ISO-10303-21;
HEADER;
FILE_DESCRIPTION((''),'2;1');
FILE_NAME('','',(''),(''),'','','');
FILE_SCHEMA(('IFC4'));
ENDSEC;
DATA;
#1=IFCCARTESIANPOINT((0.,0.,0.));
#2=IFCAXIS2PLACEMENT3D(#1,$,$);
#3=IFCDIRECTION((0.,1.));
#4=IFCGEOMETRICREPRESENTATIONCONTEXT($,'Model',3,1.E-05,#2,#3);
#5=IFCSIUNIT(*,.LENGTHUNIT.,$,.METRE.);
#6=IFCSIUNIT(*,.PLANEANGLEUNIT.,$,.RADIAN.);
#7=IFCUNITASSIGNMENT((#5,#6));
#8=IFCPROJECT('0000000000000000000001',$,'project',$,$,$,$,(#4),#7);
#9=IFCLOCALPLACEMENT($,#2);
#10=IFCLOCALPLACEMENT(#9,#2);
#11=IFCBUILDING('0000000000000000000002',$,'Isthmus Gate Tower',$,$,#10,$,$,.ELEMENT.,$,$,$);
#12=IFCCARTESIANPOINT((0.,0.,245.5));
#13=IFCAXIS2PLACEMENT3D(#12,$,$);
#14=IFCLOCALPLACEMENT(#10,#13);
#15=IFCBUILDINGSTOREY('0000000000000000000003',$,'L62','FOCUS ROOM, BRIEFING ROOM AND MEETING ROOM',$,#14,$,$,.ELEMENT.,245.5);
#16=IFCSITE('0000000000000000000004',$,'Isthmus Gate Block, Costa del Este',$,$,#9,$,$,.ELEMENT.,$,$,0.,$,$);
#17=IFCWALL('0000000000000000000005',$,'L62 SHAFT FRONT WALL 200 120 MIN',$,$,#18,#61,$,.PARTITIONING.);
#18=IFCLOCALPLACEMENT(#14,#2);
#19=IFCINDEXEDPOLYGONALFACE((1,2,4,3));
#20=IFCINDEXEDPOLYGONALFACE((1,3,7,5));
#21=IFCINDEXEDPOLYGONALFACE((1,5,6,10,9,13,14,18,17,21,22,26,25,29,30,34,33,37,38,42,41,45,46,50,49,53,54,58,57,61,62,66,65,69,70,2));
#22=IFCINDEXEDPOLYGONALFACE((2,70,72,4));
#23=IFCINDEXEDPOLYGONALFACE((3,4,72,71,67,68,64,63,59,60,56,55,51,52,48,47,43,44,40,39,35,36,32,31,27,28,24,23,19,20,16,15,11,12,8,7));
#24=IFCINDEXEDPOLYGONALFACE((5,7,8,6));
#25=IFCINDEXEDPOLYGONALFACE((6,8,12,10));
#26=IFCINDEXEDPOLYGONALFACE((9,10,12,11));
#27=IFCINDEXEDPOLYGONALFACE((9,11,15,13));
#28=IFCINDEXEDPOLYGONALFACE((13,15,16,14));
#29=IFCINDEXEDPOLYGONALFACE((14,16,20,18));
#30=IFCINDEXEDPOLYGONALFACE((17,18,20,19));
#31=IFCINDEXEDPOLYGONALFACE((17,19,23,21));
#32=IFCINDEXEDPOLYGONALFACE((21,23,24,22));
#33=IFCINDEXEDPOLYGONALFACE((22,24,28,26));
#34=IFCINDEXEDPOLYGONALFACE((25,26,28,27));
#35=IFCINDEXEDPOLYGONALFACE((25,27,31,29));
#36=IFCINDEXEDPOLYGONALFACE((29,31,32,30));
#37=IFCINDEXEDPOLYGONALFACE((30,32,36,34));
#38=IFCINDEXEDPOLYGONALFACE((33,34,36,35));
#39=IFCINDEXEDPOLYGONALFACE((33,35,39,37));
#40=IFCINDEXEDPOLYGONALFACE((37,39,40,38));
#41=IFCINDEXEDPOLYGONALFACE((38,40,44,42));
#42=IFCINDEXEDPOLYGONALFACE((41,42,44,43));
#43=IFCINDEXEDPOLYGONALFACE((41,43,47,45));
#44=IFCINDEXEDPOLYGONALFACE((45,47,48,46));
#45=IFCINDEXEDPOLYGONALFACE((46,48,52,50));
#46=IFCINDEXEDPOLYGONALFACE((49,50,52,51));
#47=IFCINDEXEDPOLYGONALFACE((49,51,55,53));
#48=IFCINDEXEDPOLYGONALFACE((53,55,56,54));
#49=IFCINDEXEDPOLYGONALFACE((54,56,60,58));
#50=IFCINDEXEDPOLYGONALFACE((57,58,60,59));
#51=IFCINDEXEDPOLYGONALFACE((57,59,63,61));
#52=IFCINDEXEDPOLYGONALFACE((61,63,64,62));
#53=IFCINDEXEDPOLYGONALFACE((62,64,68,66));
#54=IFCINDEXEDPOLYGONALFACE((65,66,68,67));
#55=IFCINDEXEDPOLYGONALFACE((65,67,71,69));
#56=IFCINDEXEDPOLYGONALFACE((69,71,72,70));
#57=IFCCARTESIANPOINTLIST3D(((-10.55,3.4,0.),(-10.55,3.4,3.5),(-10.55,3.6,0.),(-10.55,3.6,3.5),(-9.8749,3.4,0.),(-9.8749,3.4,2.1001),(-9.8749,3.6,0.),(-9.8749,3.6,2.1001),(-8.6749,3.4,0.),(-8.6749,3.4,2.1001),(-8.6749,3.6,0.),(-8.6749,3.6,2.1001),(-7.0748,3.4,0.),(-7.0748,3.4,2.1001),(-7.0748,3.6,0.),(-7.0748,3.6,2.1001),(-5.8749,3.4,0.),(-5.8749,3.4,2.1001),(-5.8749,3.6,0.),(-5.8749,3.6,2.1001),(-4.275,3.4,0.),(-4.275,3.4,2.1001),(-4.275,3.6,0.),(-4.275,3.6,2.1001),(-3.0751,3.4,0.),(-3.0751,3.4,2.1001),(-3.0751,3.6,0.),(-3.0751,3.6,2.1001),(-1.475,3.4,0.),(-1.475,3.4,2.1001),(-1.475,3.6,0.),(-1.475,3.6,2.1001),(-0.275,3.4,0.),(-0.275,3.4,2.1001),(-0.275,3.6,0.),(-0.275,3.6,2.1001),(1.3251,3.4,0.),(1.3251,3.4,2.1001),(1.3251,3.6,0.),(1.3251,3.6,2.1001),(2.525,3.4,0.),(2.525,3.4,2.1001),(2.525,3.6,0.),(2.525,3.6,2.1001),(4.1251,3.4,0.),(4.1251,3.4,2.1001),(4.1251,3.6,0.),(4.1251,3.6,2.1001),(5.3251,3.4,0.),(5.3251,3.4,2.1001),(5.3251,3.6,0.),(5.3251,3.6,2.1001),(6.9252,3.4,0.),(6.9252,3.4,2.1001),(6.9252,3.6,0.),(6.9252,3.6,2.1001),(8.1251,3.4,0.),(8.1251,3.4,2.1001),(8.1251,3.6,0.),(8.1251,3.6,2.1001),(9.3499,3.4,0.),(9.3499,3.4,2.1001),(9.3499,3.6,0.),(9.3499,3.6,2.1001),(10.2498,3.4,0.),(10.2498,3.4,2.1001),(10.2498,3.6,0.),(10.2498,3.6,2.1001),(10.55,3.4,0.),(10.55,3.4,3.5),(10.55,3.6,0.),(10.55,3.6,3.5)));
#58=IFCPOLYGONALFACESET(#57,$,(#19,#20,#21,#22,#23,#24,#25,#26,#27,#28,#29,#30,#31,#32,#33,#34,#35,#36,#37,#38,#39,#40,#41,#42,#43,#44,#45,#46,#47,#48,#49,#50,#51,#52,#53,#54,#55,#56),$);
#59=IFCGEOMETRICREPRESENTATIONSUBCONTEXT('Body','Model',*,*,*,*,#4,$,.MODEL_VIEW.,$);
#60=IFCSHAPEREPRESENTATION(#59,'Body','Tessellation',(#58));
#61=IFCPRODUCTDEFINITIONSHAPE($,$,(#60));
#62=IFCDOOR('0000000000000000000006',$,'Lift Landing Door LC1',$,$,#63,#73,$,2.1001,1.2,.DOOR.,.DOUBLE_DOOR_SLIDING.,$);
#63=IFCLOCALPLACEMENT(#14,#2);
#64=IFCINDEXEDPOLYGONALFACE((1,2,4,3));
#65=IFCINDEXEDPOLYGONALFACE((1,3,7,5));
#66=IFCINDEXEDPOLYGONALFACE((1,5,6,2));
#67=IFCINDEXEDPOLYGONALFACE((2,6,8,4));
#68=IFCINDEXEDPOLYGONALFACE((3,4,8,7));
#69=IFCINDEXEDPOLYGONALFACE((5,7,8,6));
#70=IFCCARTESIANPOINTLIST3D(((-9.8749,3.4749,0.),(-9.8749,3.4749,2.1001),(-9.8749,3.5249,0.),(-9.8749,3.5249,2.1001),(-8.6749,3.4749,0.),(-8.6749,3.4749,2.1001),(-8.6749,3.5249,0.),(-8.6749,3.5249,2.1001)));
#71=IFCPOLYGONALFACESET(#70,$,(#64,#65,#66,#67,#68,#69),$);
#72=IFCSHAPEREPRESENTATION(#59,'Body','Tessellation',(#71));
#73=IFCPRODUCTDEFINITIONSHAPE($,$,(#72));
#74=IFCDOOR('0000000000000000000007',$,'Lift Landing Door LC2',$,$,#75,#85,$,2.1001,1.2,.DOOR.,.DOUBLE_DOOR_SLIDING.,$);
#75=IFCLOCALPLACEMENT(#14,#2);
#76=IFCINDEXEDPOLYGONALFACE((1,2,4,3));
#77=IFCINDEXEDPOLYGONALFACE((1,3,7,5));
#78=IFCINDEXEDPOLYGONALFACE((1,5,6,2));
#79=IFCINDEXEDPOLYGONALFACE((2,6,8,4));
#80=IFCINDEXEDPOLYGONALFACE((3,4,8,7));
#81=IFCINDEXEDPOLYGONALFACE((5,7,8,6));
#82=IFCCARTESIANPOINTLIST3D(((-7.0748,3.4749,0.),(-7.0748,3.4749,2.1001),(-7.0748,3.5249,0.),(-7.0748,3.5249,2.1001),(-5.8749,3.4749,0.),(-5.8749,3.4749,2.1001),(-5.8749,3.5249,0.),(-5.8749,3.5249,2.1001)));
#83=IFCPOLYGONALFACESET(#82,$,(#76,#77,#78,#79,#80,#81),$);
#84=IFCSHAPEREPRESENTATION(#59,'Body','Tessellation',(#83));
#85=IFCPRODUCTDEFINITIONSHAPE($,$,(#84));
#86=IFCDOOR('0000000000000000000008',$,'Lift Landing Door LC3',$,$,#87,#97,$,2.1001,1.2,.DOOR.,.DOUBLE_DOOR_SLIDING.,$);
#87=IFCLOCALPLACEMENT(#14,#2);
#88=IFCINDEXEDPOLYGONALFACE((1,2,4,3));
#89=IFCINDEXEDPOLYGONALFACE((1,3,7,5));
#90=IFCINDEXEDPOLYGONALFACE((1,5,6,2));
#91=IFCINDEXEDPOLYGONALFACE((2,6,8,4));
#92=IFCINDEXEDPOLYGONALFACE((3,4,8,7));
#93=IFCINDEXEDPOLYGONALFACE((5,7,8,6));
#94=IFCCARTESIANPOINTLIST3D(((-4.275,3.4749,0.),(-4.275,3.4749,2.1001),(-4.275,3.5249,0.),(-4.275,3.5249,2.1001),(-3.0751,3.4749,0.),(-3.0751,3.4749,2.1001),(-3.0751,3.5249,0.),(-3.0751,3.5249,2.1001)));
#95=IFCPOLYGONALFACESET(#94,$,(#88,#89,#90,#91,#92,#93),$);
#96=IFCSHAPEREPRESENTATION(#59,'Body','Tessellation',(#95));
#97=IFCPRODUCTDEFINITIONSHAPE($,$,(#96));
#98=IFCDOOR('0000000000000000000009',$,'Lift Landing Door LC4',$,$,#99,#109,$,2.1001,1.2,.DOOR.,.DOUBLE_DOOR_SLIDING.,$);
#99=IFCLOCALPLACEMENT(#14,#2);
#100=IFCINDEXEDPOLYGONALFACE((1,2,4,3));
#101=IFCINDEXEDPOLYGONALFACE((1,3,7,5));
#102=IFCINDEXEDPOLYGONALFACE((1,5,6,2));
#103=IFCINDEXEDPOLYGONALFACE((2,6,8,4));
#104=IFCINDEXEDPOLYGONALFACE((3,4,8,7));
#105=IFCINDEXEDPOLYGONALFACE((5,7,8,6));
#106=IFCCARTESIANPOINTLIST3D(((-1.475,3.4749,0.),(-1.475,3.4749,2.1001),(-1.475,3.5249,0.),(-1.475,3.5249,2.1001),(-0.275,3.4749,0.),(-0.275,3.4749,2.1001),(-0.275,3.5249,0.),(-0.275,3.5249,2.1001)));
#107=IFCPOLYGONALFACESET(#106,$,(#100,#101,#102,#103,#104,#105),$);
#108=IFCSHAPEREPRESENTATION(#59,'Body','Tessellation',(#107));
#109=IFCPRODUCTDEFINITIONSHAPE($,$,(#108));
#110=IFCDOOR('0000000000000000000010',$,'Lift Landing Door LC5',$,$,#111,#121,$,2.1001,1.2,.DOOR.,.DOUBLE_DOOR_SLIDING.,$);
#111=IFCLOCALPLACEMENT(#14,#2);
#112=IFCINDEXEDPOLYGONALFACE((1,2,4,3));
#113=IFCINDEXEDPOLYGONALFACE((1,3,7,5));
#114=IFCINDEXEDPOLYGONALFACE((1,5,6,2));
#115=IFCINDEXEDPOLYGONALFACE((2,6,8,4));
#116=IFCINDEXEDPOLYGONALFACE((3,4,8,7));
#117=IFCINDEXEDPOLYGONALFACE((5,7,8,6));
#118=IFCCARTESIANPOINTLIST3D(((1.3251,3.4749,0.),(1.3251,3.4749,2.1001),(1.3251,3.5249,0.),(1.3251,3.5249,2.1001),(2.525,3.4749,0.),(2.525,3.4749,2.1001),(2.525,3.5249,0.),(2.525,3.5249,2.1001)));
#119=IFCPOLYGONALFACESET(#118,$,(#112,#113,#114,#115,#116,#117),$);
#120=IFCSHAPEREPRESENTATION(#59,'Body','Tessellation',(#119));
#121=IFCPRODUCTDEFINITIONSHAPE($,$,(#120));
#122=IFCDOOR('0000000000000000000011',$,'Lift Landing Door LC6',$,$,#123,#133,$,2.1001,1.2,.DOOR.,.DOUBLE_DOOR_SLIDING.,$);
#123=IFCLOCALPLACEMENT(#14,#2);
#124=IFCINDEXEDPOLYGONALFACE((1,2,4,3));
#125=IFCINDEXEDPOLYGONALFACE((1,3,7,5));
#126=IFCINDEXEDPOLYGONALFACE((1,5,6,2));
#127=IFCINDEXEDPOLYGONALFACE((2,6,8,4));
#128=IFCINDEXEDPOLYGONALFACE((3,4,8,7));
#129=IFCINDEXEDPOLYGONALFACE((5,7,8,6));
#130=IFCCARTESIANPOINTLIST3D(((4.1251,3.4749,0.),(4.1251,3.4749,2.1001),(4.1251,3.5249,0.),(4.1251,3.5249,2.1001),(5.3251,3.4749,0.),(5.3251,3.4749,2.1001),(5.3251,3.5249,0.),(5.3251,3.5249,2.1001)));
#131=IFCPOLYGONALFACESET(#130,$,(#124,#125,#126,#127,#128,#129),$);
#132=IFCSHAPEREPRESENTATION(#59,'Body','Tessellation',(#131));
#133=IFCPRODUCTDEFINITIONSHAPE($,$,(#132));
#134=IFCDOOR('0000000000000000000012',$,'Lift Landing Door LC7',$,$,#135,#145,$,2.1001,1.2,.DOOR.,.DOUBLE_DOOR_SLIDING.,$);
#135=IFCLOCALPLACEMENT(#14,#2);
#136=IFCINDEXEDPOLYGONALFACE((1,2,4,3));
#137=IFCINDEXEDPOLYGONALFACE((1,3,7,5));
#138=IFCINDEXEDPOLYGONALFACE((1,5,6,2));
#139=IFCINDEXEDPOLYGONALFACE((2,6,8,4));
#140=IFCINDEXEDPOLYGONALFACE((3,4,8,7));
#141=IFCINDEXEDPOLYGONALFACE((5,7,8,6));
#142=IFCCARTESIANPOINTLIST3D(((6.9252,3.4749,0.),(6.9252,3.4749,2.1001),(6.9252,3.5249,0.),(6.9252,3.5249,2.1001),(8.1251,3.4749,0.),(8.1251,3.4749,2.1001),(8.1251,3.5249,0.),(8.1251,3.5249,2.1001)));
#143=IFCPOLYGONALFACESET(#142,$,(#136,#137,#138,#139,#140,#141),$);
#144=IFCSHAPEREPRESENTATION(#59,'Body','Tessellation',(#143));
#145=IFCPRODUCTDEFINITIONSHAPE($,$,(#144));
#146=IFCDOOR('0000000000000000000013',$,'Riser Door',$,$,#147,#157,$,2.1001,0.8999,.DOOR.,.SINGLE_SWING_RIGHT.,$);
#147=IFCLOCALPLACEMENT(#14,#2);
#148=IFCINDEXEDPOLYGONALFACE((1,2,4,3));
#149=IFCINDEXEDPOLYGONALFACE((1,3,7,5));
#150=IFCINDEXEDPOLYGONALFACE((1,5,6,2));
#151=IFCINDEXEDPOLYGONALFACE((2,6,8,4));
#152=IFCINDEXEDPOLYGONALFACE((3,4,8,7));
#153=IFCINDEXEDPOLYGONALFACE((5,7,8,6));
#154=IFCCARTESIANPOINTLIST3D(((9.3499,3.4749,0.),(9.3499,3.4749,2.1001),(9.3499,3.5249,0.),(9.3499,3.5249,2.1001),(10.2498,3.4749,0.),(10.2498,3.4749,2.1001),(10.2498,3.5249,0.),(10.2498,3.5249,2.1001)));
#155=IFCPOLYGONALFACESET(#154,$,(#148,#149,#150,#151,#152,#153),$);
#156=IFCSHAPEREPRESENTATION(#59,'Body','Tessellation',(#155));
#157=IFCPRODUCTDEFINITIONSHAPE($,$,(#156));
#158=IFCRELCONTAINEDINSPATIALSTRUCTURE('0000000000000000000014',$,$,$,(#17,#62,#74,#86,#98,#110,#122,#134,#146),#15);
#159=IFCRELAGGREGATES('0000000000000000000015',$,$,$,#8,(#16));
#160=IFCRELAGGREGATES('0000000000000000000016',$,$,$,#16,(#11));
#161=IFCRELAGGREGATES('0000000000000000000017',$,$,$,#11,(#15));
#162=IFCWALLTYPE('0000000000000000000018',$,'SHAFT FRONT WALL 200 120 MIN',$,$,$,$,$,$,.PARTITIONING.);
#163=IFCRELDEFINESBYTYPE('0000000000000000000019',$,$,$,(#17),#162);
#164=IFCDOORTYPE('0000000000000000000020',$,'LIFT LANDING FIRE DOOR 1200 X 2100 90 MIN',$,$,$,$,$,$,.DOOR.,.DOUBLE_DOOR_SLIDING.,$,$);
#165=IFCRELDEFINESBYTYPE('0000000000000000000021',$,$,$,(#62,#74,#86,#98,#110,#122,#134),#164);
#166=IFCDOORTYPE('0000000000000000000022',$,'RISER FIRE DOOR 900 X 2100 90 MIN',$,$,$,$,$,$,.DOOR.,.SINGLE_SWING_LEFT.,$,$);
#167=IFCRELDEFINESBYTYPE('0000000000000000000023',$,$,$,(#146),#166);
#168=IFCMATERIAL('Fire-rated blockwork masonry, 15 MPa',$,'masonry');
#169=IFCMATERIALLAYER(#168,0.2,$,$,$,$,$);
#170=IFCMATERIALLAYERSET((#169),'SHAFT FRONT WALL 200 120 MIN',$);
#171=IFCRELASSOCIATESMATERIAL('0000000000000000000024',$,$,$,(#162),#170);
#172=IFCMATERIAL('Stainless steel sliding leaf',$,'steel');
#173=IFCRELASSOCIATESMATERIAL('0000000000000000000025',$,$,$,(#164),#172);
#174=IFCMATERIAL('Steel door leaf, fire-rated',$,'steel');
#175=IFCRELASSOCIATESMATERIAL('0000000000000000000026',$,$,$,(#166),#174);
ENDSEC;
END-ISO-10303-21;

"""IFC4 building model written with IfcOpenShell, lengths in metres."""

from ifc_helpers import new_model, si_unit, direction, frame, frame_2d, origin, place, context, subcontext, project, spatial, rectangle, extrude, material, layer, layer_set, type_object, element, fill, save


model = new_model("IFC4")

# Units and contexts
model_context = context("Model", 3, precision=1e-05, world=origin(), true_north=direction((0.0, 1.0)))
body_context = subcontext(model_context, "Body", "Model", "MODEL_VIEW")
ifc_project = project(units=[si_unit("LENGTHUNIT", "METRE"), si_unit("PLANEANGLEUNIT", "RADIAN")], contexts=[model_context])

# Site, building, storey
site_placement = place(None, origin())
site = spatial("IfcSite", under=ifc_project, at=site_placement, Name="Isthmus Gate Block, Costa del Este", CompositionType="ELEMENT", RefElevation=0.0)
building_placement = place(site_placement, origin())
building = spatial("IfcBuilding", under=site, at=building_placement, Name="Isthmus Gate Tower", CompositionType="ELEMENT")
storey_placement = place(building_placement, frame((0.0, 0.0, 245.5)))
storey = spatial("IfcBuildingStorey", under=building, at=storey_placement, Name="L62", Description="FOCUS ROOM, BRIEFING ROOM AND MEETING ROOM", CompositionType="ELEMENT", Elevation=245.5)

# Wall, openings, doors
ifc_material_1 = material(Name="Fire-rated blockwork masonry, 15 MPa", Category="masonry")
ifc_layer_1 = layer(ifc_material_1, 0.2)
ifc_layer_set_1 = layer_set([ifc_layer_1], Name="SHAFT FRONT WALL 200 120 MIN")
wall_type_1 = type_object("IfcWallType", Name="SHAFT FRONT WALL 200 120 MIN", PredefinedType="PARTITIONING", material=ifc_layer_set_1)
wall_1_placement = place(storey_placement, frame((-10.55, 3.5, 0.0), z_axis=(0.0, 0.0, 1.0), x_axis=(1.0, 0.0, 0.0)))
wall_1 = element("IfcWall", 1, at=wall_1_placement, inside=storey, type_object=wall_type_1, Name="L62 SHAFT FRONT WALL 200 120 MIN", PredefinedType="PARTITIONING", context=body_context, shape_type="SweptSolid", body=[
    extrude(rectangle(XDim=21.1001, YDim=0.2, at=frame_2d((10.55, 0.0))), origin(), (0.0, 0.0, 1.0), 3.5),
])
opening_1_placement = place(wall_1_placement, frame((0.675, 0.0, 0.0)))
opening_1 = element("IfcOpeningElement", 2, at=opening_1_placement, cuts=wall_1, PredefinedType="OPENING", context=body_context, shape_type="SweptSolid", body=[
    extrude(rectangle(XDim=1.2, YDim=2.1001, at=frame_2d((0.6001, 1.05))), frame((0.0, 0.1099, 0.0), z_axis=(0.0, -1.0, 0.0), x_axis=(1.0, 0.0, 0.0)), (0.0, 0.0, 1.0), 0.22),
])
opening_2_placement = place(wall_1_placement, frame((3.4751, 0.0, 0.0)))
opening_2 = element("IfcOpeningElement", 3, at=opening_2_placement, cuts=wall_1, PredefinedType="OPENING", context=body_context, shape_type="SweptSolid", body=[
    extrude(rectangle(XDim=1.2, YDim=2.1001, at=frame_2d((0.6001, 1.05))), frame((0.0, 0.1099, 0.0), z_axis=(0.0, -1.0, 0.0), x_axis=(1.0, 0.0, 0.0)), (0.0, 0.0, 1.0), 0.22),
])
opening_3_placement = place(wall_1_placement, frame((6.2749, 0.0, 0.0)))
opening_3 = element("IfcOpeningElement", 4, at=opening_3_placement, cuts=wall_1, PredefinedType="OPENING", context=body_context, shape_type="SweptSolid", body=[
    extrude(rectangle(XDim=1.2, YDim=2.1001, at=frame_2d((0.6001, 1.05))), frame((0.0, 0.1099, 0.0), z_axis=(0.0, -1.0, 0.0), x_axis=(1.0, 0.0, 0.0)), (0.0, 0.0, 1.0), 0.22),
])
opening_4_placement = place(wall_1_placement, frame((9.075, 0.0, 0.0)))
opening_4 = element("IfcOpeningElement", 5, at=opening_4_placement, cuts=wall_1, PredefinedType="OPENING", context=body_context, shape_type="SweptSolid", body=[
    extrude(rectangle(XDim=1.2, YDim=2.1001, at=frame_2d((0.6001, 1.05))), frame((0.0, 0.1099, 0.0), z_axis=(0.0, -1.0, 0.0), x_axis=(1.0, 0.0, 0.0)), (0.0, 0.0, 1.0), 0.22),
])
opening_5_placement = place(wall_1_placement, frame((11.875, 0.0, 0.0)))
opening_5 = element("IfcOpeningElement", 6, at=opening_5_placement, cuts=wall_1, PredefinedType="OPENING", context=body_context, shape_type="SweptSolid", body=[
    extrude(rectangle(XDim=1.2, YDim=2.1001, at=frame_2d((0.6001, 1.05))), frame((0.0, 0.1099, 0.0), z_axis=(0.0, -1.0, 0.0), x_axis=(1.0, 0.0, 0.0)), (0.0, 0.0, 1.0), 0.22),
])
opening_6_placement = place(wall_1_placement, frame((14.675, 0.0, 0.0)))
opening_6 = element("IfcOpeningElement", 7, at=opening_6_placement, cuts=wall_1, PredefinedType="OPENING", context=body_context, shape_type="SweptSolid", body=[
    extrude(rectangle(XDim=1.2, YDim=2.1001, at=frame_2d((0.6001, 1.05))), frame((0.0, 0.1099, 0.0), z_axis=(0.0, -1.0, 0.0), x_axis=(1.0, 0.0, 0.0)), (0.0, 0.0, 1.0), 0.22),
])
opening_7_placement = place(wall_1_placement, frame((17.4751, 0.0, 0.0)))
opening_7 = element("IfcOpeningElement", 8, at=opening_7_placement, cuts=wall_1, PredefinedType="OPENING", context=body_context, shape_type="SweptSolid", body=[
    extrude(rectangle(XDim=1.2, YDim=2.1001, at=frame_2d((0.6001, 1.05))), frame((0.0, 0.1099, 0.0), z_axis=(0.0, -1.0, 0.0), x_axis=(1.0, 0.0, 0.0)), (0.0, 0.0, 1.0), 0.22),
])
opening_8_placement = place(wall_1_placement, frame((19.8999, 0.0, 0.0)))
opening_8 = element("IfcOpeningElement", 9, at=opening_8_placement, cuts=wall_1, PredefinedType="OPENING", context=body_context, shape_type="SweptSolid", body=[
    extrude(rectangle(XDim=0.8999, YDim=2.1001, at=frame_2d((0.45, 1.05))), frame((0.0, 0.1099, 0.0), z_axis=(0.0, -1.0, 0.0), x_axis=(1.0, 0.0, 0.0)), (0.0, 0.0, 1.0), 0.22),
])
ifc_material_2 = material(Name="Stainless steel sliding leaf", Category="steel")
door_type_1 = type_object("IfcDoorType", Name="LIFT LANDING FIRE DOOR 1200 X 2100 90 MIN", OperationType="DOUBLE_DOOR_SLIDING", PredefinedType="DOOR", material=ifc_material_2)
door_1_placement = place(opening_1_placement, origin())
door_1 = element("IfcDoor", 10, at=door_1_placement, inside=storey, type_object=door_type_1, Name="Lift Landing Door LC1", OperationType="DOUBLE_DOOR_SLIDING", OverallHeight=2.1001, OverallWidth=1.2, PredefinedType="DOOR", context=body_context, shape_type="SweptSolid", body=[
    extrude(rectangle(XDim=1.2, YDim=2.1001, at=frame_2d((0.6001, 1.05))), frame((0.0, 0.0249, 0.0), z_axis=(0.0, -1.0, 0.0), x_axis=(1.0, 0.0, 0.0)), (0.0, 0.0, 1.0), 0.05),
])
fill(opening_1, door_1)
door_2_placement = place(opening_2_placement, origin())
door_2 = element("IfcDoor", 11, at=door_2_placement, inside=storey, type_object=door_type_1, Name="Lift Landing Door LC2", OperationType="DOUBLE_DOOR_SLIDING", OverallHeight=2.1001, OverallWidth=1.2, PredefinedType="DOOR", context=body_context, shape_type="SweptSolid", body=[
    extrude(rectangle(XDim=1.2, YDim=2.1001, at=frame_2d((0.6001, 1.05))), frame((0.0, 0.0249, 0.0), z_axis=(0.0, -1.0, 0.0), x_axis=(1.0, 0.0, 0.0)), (0.0, 0.0, 1.0), 0.05),
])
fill(opening_2, door_2)
door_3_placement = place(opening_3_placement, origin())
door_3 = element("IfcDoor", 12, at=door_3_placement, inside=storey, type_object=door_type_1, Name="Lift Landing Door LC3", OperationType="DOUBLE_DOOR_SLIDING", OverallHeight=2.1001, OverallWidth=1.2, PredefinedType="DOOR", context=body_context, shape_type="SweptSolid", body=[
    extrude(rectangle(XDim=1.2, YDim=2.1001, at=frame_2d((0.6001, 1.05))), frame((0.0, 0.0249, 0.0), z_axis=(0.0, -1.0, 0.0), x_axis=(1.0, 0.0, 0.0)), (0.0, 0.0, 1.0), 0.05),
])
fill(opening_3, door_3)
door_4_placement = place(opening_4_placement, origin())
door_4 = element("IfcDoor", 13, at=door_4_placement, inside=storey, type_object=door_type_1, Name="Lift Landing Door LC4", OperationType="DOUBLE_DOOR_SLIDING", OverallHeight=2.1001, OverallWidth=1.2, PredefinedType="DOOR", context=body_context, shape_type="SweptSolid", body=[
    extrude(rectangle(XDim=1.2, YDim=2.1001, at=frame_2d((0.6001, 1.05))), frame((0.0, 0.0249, 0.0), z_axis=(0.0, -1.0, 0.0), x_axis=(1.0, 0.0, 0.0)), (0.0, 0.0, 1.0), 0.05),
])
fill(opening_4, door_4)
door_5_placement = place(opening_5_placement, origin())
door_5 = element("IfcDoor", 14, at=door_5_placement, inside=storey, type_object=door_type_1, Name="Lift Landing Door LC5", OperationType="DOUBLE_DOOR_SLIDING", OverallHeight=2.1001, OverallWidth=1.2, PredefinedType="DOOR", context=body_context, shape_type="SweptSolid", body=[
    extrude(rectangle(XDim=1.2, YDim=2.1001, at=frame_2d((0.6001, 1.05))), frame((0.0, 0.0249, 0.0), z_axis=(0.0, -1.0, 0.0), x_axis=(1.0, 0.0, 0.0)), (0.0, 0.0, 1.0), 0.05),
])
fill(opening_5, door_5)
door_6_placement = place(opening_6_placement, origin())
door_6 = element("IfcDoor", 15, at=door_6_placement, inside=storey, type_object=door_type_1, Name="Lift Landing Door LC6", OperationType="DOUBLE_DOOR_SLIDING", OverallHeight=2.1001, OverallWidth=1.2, PredefinedType="DOOR", context=body_context, shape_type="SweptSolid", body=[
    extrude(rectangle(XDim=1.2, YDim=2.1001, at=frame_2d((0.6001, 1.05))), frame((0.0, 0.0249, 0.0), z_axis=(0.0, -1.0, 0.0), x_axis=(1.0, 0.0, 0.0)), (0.0, 0.0, 1.0), 0.05),
])
fill(opening_6, door_6)
door_7_placement = place(opening_7_placement, origin())
door_7 = element("IfcDoor", 16, at=door_7_placement, inside=storey, type_object=door_type_1, Name="Lift Landing Door LC7", OperationType="DOUBLE_DOOR_SLIDING", OverallHeight=2.1001, OverallWidth=1.2, PredefinedType="DOOR", context=body_context, shape_type="SweptSolid", body=[
    extrude(rectangle(XDim=1.2, YDim=2.1001, at=frame_2d((0.6001, 1.05))), frame((0.0, 0.0249, 0.0), z_axis=(0.0, -1.0, 0.0), x_axis=(1.0, 0.0, 0.0)), (0.0, 0.0, 1.0), 0.05),
])
fill(opening_7, door_7)
ifc_material_3 = material(Name="Steel door leaf, fire-rated", Category="steel")
door_type_2 = type_object("IfcDoorType", Name="RISER FIRE DOOR 900 X 2100 90 MIN", OperationType="SINGLE_SWING_LEFT", PredefinedType="DOOR", material=ifc_material_3)
door_8_placement = place(opening_8_placement, origin())
door_8 = element("IfcDoor", 17, at=door_8_placement, inside=storey, type_object=door_type_2, Name="Riser Door", OperationType="SINGLE_SWING_RIGHT", OverallHeight=2.1001, OverallWidth=0.8999, PredefinedType="DOOR", context=body_context, shape_type="SweptSolid", body=[
    extrude(rectangle(XDim=0.8999, YDim=2.1001, at=frame_2d((0.45, 1.05))), frame((0.0, 0.0249, 0.0), z_axis=(0.0, -1.0, 0.0), x_axis=(1.0, 0.0, 0.0)), (0.0, 0.0, 1.0), 0.05),
])
fill(opening_8, door_8)

save(model, "model.ifc")
